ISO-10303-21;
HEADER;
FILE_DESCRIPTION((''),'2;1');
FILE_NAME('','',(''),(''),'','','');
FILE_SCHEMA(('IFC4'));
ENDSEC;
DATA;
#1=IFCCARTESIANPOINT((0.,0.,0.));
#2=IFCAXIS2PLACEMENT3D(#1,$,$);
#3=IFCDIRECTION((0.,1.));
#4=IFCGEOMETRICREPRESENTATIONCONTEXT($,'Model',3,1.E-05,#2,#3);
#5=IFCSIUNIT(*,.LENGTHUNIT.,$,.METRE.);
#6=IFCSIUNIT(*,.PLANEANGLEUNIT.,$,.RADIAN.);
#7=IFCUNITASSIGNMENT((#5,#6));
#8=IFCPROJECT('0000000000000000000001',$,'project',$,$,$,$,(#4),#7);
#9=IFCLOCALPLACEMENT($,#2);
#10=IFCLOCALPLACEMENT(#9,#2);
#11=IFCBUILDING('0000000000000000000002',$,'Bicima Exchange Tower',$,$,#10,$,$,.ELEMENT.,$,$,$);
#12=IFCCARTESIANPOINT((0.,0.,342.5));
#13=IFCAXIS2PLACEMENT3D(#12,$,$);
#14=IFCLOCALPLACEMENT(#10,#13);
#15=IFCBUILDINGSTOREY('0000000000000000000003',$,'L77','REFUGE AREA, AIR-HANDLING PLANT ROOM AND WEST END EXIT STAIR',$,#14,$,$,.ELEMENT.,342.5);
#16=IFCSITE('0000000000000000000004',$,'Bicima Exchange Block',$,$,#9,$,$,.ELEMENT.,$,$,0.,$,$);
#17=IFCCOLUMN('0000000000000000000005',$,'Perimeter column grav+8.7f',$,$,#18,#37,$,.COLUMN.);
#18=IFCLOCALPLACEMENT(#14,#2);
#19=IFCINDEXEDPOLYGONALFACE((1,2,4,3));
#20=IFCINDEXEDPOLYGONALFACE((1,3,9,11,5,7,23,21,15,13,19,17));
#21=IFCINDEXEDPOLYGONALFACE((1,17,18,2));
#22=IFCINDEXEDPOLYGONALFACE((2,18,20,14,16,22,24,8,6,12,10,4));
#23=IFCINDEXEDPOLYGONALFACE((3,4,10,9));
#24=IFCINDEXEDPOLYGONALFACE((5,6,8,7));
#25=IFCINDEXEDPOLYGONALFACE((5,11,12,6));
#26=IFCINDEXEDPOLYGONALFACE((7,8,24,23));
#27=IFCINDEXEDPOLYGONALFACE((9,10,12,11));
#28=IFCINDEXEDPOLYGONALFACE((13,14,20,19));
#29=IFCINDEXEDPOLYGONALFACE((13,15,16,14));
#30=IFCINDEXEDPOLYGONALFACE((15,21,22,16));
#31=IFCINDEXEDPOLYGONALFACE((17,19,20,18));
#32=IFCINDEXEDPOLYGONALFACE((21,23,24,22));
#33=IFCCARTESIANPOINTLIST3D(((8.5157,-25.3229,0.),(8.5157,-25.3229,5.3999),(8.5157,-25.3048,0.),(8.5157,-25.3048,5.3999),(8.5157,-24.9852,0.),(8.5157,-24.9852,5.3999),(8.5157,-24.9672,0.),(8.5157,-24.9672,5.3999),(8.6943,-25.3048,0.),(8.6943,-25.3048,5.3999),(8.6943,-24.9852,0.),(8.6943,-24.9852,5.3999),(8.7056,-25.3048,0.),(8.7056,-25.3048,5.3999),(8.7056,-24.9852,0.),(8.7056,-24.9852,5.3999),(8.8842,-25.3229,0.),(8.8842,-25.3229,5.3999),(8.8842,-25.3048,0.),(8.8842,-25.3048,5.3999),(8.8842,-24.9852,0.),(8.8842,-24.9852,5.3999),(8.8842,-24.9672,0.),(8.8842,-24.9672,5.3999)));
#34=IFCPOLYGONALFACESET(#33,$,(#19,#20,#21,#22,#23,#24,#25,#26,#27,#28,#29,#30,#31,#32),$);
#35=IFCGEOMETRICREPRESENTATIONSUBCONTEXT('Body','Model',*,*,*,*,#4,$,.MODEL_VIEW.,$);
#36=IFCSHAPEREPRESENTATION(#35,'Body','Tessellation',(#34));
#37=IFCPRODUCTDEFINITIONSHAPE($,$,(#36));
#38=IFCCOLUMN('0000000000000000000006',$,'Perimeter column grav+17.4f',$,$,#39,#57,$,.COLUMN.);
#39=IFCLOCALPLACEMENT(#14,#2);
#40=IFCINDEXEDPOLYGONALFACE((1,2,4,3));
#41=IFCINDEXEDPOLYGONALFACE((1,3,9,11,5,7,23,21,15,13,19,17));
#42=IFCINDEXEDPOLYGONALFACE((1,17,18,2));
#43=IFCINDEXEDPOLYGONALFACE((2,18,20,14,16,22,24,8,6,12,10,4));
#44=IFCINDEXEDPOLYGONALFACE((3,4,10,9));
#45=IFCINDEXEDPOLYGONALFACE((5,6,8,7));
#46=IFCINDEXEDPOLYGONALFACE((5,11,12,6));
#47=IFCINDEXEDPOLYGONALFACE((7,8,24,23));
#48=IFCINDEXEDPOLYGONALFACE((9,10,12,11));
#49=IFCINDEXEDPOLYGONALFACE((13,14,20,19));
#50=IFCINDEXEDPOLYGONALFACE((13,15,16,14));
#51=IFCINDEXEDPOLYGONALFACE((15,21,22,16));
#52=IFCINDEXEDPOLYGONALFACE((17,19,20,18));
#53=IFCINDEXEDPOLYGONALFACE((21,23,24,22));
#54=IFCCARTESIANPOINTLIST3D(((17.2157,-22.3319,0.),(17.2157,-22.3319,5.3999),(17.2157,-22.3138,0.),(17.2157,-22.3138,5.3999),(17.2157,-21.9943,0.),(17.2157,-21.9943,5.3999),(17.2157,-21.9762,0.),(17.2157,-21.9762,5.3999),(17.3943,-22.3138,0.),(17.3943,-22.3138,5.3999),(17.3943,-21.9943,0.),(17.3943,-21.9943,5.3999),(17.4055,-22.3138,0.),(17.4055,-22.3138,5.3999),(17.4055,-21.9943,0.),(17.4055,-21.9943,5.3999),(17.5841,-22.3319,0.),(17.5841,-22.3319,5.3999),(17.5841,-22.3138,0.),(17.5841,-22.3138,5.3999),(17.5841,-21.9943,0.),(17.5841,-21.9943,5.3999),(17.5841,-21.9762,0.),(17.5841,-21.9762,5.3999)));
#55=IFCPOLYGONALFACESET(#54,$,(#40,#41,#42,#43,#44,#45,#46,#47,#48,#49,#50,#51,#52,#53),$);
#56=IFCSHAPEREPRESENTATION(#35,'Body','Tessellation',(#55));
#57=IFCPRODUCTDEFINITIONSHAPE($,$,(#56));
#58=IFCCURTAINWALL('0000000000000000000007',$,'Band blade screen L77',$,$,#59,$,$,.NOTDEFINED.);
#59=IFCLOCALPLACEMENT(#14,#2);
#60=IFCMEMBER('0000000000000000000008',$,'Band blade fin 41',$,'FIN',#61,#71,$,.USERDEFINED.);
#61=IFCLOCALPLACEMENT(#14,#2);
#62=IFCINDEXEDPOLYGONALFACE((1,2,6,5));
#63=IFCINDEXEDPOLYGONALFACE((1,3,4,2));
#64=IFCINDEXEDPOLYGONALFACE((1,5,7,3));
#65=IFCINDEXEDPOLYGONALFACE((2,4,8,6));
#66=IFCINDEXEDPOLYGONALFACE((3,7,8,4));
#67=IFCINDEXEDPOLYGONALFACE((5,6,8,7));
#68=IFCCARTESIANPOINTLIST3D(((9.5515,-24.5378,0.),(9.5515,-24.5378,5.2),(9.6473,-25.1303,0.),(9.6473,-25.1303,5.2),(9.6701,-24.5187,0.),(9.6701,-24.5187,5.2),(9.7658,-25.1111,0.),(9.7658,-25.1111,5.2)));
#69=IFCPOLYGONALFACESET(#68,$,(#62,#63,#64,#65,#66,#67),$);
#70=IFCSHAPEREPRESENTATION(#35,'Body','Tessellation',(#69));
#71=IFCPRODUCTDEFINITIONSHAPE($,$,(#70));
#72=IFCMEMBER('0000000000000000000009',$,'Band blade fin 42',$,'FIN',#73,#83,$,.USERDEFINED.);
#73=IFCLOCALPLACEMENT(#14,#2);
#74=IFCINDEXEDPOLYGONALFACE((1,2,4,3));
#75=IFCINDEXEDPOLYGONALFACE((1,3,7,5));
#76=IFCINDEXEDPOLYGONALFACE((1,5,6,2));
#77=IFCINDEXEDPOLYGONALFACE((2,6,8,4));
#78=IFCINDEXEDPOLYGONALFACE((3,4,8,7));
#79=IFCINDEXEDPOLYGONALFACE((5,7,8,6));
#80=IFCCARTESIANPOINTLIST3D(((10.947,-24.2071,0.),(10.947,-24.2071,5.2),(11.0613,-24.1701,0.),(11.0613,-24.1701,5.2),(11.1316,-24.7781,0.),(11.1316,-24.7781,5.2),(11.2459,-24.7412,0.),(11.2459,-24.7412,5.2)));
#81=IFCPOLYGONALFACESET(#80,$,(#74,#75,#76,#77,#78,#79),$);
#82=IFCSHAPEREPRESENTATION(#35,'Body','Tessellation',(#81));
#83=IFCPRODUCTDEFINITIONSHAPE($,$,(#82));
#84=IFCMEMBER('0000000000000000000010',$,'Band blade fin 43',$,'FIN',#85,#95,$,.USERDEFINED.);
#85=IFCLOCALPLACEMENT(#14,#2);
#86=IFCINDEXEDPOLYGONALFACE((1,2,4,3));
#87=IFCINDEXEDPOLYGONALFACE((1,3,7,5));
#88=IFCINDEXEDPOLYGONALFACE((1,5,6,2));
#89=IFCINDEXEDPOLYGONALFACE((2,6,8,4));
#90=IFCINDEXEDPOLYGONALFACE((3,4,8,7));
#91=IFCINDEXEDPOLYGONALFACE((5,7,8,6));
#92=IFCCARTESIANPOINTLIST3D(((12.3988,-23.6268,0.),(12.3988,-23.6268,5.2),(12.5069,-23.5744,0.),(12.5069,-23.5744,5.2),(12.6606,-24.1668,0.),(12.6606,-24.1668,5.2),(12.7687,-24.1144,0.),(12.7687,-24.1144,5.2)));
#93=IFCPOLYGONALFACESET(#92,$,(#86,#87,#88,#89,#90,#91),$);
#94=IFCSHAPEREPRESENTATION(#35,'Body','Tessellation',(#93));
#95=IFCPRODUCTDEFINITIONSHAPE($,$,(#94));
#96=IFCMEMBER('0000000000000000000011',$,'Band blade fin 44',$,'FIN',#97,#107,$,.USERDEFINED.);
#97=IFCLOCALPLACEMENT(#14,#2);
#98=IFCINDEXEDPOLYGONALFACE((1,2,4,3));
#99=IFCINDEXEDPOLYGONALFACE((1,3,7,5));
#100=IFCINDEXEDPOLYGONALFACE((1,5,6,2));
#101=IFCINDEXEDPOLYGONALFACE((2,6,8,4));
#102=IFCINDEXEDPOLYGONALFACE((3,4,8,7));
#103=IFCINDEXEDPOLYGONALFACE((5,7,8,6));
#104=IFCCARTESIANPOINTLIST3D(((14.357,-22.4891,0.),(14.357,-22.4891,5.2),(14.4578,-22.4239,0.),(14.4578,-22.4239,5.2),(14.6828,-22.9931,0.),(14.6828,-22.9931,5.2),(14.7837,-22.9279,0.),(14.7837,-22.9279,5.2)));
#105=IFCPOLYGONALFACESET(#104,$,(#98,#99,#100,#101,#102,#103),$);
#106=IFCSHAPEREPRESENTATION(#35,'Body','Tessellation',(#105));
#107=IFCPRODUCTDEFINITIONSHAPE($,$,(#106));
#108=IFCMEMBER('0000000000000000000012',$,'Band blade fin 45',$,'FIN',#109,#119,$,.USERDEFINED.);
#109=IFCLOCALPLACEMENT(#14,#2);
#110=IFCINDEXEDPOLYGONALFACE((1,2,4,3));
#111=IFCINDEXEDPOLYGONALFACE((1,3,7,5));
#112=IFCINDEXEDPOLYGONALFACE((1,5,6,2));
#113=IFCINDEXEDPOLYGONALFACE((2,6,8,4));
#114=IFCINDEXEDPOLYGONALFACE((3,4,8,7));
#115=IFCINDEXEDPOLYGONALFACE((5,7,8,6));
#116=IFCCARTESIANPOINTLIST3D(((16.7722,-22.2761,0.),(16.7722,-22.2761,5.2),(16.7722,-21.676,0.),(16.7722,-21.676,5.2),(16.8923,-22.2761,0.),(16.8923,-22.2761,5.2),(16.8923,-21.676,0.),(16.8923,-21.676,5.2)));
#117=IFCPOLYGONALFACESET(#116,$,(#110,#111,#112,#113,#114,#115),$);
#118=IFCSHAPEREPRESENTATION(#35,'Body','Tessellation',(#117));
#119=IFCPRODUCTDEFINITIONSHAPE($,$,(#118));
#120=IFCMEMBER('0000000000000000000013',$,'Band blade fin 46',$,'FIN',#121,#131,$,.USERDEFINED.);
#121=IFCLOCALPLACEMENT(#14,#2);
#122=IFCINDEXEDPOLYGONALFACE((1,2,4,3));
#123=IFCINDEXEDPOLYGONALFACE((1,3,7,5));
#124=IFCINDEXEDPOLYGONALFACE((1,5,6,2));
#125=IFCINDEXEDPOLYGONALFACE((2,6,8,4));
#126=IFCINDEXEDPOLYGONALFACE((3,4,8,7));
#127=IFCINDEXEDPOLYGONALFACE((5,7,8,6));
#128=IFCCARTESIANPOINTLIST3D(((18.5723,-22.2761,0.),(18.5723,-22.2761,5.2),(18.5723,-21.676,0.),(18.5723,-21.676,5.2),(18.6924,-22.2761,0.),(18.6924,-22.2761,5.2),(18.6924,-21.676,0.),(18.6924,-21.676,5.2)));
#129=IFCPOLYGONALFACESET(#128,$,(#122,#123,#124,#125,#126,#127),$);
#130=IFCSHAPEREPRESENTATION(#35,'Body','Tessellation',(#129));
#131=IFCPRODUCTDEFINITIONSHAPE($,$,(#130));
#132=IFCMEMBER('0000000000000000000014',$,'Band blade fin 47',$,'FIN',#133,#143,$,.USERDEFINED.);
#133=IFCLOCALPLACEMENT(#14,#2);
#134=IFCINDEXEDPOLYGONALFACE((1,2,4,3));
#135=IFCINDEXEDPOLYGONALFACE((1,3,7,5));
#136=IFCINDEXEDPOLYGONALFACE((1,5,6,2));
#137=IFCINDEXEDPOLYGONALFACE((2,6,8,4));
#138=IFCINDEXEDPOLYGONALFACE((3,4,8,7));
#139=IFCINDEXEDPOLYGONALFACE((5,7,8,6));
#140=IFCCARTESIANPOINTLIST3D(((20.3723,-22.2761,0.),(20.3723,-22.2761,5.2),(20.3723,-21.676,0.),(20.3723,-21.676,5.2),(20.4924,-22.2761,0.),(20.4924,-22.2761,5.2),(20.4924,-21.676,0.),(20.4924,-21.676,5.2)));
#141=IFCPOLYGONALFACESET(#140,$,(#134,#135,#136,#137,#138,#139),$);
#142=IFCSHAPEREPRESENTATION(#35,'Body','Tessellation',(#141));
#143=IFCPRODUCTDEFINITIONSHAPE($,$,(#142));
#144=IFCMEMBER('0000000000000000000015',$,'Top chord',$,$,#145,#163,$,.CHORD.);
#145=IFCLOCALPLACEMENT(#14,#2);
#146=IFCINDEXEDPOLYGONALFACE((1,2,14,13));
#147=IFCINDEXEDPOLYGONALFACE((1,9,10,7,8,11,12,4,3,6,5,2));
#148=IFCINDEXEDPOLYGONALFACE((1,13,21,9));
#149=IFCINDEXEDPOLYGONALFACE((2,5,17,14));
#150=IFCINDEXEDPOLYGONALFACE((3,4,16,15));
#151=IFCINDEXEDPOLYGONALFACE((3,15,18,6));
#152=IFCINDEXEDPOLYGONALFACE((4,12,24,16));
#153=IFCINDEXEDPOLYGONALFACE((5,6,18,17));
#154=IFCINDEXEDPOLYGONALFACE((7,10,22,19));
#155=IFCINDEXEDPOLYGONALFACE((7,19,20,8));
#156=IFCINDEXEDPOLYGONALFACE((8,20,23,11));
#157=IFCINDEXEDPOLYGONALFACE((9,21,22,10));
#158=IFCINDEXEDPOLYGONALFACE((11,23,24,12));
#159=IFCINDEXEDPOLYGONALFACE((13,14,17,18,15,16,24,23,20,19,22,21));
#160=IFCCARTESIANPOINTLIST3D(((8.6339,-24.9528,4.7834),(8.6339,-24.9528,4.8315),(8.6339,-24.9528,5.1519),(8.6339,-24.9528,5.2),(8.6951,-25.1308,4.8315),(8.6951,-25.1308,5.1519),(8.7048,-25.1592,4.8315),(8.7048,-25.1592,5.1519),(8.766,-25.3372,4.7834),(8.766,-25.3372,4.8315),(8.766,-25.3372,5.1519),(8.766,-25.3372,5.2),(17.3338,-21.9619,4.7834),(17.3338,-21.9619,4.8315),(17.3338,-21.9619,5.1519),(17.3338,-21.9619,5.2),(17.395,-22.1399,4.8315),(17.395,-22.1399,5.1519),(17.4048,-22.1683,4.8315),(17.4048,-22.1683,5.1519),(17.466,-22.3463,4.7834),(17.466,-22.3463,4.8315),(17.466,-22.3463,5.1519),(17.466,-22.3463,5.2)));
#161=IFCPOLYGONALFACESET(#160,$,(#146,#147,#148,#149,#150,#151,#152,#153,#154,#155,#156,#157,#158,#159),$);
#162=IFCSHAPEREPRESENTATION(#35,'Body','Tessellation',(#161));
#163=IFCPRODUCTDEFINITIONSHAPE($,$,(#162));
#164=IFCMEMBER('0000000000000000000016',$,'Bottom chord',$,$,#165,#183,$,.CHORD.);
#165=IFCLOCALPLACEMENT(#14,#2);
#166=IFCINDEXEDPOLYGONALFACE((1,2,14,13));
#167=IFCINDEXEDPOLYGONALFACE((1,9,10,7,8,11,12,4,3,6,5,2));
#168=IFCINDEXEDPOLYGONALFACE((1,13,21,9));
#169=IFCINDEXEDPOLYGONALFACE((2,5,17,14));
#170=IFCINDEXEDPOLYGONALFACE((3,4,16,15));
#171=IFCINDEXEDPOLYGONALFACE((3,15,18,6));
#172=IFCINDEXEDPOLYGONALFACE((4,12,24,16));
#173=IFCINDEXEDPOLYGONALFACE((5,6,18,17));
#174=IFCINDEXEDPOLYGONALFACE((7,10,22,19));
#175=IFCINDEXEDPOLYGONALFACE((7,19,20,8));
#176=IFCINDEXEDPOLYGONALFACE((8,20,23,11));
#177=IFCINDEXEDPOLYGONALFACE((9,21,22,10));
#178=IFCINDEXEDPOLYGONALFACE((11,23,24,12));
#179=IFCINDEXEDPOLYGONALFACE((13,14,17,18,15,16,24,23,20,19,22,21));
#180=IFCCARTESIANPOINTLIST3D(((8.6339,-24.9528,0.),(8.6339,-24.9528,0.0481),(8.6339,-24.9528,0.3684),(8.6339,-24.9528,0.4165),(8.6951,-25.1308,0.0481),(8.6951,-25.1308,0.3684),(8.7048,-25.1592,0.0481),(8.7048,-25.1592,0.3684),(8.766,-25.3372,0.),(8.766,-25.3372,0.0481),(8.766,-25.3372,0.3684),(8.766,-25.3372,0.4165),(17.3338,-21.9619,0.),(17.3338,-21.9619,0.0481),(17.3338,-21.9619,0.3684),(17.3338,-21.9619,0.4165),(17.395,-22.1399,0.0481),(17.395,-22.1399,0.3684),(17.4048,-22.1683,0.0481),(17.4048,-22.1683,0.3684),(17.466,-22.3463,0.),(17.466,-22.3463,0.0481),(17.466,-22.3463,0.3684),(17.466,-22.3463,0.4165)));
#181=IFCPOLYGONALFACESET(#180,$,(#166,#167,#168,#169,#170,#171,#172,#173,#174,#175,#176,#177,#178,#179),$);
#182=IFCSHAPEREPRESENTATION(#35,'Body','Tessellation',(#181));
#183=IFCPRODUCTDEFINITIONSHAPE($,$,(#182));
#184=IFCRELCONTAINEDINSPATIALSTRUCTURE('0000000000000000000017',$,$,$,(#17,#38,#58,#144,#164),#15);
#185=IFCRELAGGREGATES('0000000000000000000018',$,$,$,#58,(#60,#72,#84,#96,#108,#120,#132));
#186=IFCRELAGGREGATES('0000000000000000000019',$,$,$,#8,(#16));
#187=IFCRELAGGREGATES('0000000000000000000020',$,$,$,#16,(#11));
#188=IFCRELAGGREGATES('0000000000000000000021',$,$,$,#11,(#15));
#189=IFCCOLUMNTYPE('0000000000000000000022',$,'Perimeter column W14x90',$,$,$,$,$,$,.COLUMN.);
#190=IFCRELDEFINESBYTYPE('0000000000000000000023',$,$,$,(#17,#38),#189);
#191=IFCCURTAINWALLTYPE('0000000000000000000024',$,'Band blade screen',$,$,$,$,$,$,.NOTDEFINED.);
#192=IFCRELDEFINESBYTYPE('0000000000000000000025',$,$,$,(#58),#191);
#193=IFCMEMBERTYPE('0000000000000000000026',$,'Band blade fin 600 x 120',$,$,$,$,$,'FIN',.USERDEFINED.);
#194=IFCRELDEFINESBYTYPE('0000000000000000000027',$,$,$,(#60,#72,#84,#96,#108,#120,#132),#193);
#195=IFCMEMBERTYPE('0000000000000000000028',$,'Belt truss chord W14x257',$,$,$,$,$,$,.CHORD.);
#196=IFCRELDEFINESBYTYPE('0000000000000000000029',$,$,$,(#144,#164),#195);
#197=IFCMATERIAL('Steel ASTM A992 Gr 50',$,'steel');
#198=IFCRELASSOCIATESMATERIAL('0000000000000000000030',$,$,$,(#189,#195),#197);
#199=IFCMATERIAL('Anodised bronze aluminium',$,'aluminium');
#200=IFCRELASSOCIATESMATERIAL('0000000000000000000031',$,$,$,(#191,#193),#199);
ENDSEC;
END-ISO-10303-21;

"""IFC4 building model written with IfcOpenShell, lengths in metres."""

from ifc_helpers import new_model, si_unit, direction, frame, origin, origin_2d, place, context, subcontext, project, spatial, rectangle, i_section, extrude, material, material_profile, profile_set, type_object, element, aggregate, save


model = new_model("IFC4")

# Units and contexts
model_context = context("Model", 3, precision=1e-05, world=origin(), true_north=direction((0.0, 1.0)))
body_context = subcontext(model_context, "Body", "Model", "MODEL_VIEW")
ifc_project = project(units=[si_unit("LENGTHUNIT", "METRE"), si_unit("PLANEANGLEUNIT", "RADIAN")], contexts=[model_context])

# Site, building, storey
site_placement = place(None, origin())
site = spatial("IfcSite", under=ifc_project, at=site_placement, Name="Bicima Exchange Block", CompositionType="ELEMENT", RefElevation=0.0)
building_placement = place(site_placement, origin())
building = spatial("IfcBuilding", under=site, at=building_placement, Name="Bicima Exchange Tower", CompositionType="ELEMENT")
storey_placement = place(building_placement, frame((0.0, 0.0, 342.5)))
storey = spatial("IfcBuildingStorey", under=building, at=storey_placement, Name="L77", Description="REFUGE AREA, AIR-HANDLING PLANT ROOM AND WEST END EXIT STAIR", CompositionType="ELEMENT", Elevation=342.5)

# Columns
ifc_material_1 = material(Name="Steel ASTM A992 Gr 50", Category="steel")
ifc_material_profile_1 = material_profile(ifc_material_1, i_section(OverallWidth=0.3684, OverallDepth=0.3557, WebThickness=0.0112, FlangeThickness=0.0181, at=origin_2d()))
ifc_profile_set_1 = profile_set([ifc_material_profile_1], Name="Steel ASTM A992 Gr 50")
column_type = type_object("IfcColumnType", Name="Perimeter column W14x90", PredefinedType="COLUMN", material=ifc_profile_set_1)
for number, where, z_axis, x_axis, name in (
    (1, (8.7, -25.145, 0.0), (0.0, 0.0, 1.0), (1.0, 0.0, 0.0), "Perimeter column grav+8.7f"),
    (2, (17.3999, -22.1541, 0.0), (0.0, 0.0, 1.0), (1.0, 0.0, 0.0), "Perimeter column grav+17.4f"),
):
    element("IfcColumn", number, at=place(storey_placement, frame(where, z_axis=z_axis, x_axis=x_axis)), inside=storey, type_object=column_type, Name=name, PredefinedType="COLUMN", context=body_context, shape_type="SweptSolid", body=[
        extrude(i_section(OverallWidth=0.3684, OverallDepth=0.3557, WebThickness=0.0112, FlangeThickness=0.0181, at=origin_2d()), origin(), (0.0, 0.0, 1.0), 5.3999),
    ])

# Curtain wall, members
ifc_material_2 = material(Name="Anodised bronze aluminium", Category="aluminium")
curtain_wall_type = type_object("IfcCurtainWallType", Name="Band blade screen", PredefinedType="NOTDEFINED", material=ifc_material_2)
curtain_wall_placement = place(storey_placement, origin())
curtain_wall = element("IfcCurtainWall", 3, at=curtain_wall_placement, inside=storey, type_object=curtain_wall_type, Name="Band blade screen L77", PredefinedType="NOTDEFINED")
ifc_material_profile_2 = material_profile(ifc_material_2, rectangle(XDim=0.6001, YDim=0.1201, at=origin_2d()))
ifc_profile_set_2 = profile_set([ifc_material_profile_2], Name="Anodised bronze aluminium")
member_type_1 = type_object("IfcMemberType", Name="Band blade fin 600 x 120", ElementType="FIN", PredefinedType="USERDEFINED", material=ifc_profile_set_2)
member_1_placement = place(storey_placement, frame((9.6587, -24.8245, 0.0), z_axis=(0.0, 0.0, 1.0), x_axis=(-0.159533, 0.987193, 0.0)))
member_1 = element("IfcMember", 4, at=member_1_placement, type_object=member_type_1, Name="Band blade fin 41", ObjectType="FIN", PredefinedType="USERDEFINED", context=body_context, shape_type="SweptSolid", body=[
    extrude(rectangle(XDim=0.6001, YDim=0.1201, at=origin_2d()), origin(), (0.0, 0.0, 1.0), 5.2),
])
member_2_placement = place(storey_placement, frame((11.0964, -24.4741, 0.0), z_axis=(0.0, 0.0, 1.0), x_axis=(-0.307553, 0.951531, 0.0)))
member_2 = element("IfcMember", 5, at=member_2_placement, type_object=member_type_1, Name="Band blade fin 42", ObjectType="FIN", PredefinedType="USERDEFINED", context=body_context, shape_type="SweptSolid", body=[
    extrude(rectangle(XDim=0.6001, YDim=0.1201, at=origin_2d()), origin(), (0.0, 0.0, 1.0), 5.2),
])
member_3_placement = place(storey_placement, frame((12.5837, -23.8706, 0.0), z_axis=(0.0, 0.0, 1.0), x_axis=(-0.436287, 0.899808, 0.0)))
member_3 = element("IfcMember", 6, at=member_3_placement, type_object=member_type_1, Name="Band blade fin 43", ObjectType="FIN", PredefinedType="USERDEFINED", context=body_context, shape_type="SweptSolid", body=[
    extrude(rectangle(XDim=0.6001, YDim=0.1201, at=origin_2d()), origin(), (0.0, 0.0, 1.0), 5.2),
])
member_4_placement = place(storey_placement, frame((14.5703, -22.7085, 0.0), z_axis=(0.0, 0.0, 1.0), x_axis=(-0.542917, 0.839787, 0.0)))
member_4 = element("IfcMember", 7, at=member_4_placement, type_object=member_type_1, Name="Band blade fin 44", ObjectType="FIN", PredefinedType="USERDEFINED", context=body_context, shape_type="SweptSolid", body=[
    extrude(rectangle(XDim=0.6001, YDim=0.1201, at=origin_2d()), origin(), (0.0, 0.0, 1.0), 5.2),
])
member_5_placement = place(storey_placement, frame((16.8323, -21.9761, 0.0), z_axis=(0.0, 0.0, 1.0), x_axis=(0.0, 1.0, 0.0)))
member_5 = element("IfcMember", 8, at=member_5_placement, type_object=member_type_1, Name="Band blade fin 45", ObjectType="FIN", PredefinedType="USERDEFINED", context=body_context, shape_type="SweptSolid", body=[
    extrude(rectangle(XDim=0.6001, YDim=0.1201, at=origin_2d()), origin(), (0.0, 0.0, 1.0), 5.2),
])
member_6_placement = place(storey_placement, frame((18.6323, -21.9761, 0.0), z_axis=(0.0, 0.0, 1.0), x_axis=(0.0, 1.0, 0.0)))
member_6 = element("IfcMember", 9, at=member_6_placement, type_object=member_type_1, Name="Band blade fin 46", ObjectType="FIN", PredefinedType="USERDEFINED", context=body_context, shape_type="SweptSolid", body=[
    extrude(rectangle(XDim=0.6001, YDim=0.1201, at=origin_2d()), origin(), (0.0, 0.0, 1.0), 5.2),
])
member_7_placement = place(storey_placement, frame((20.4324, -21.9761, 0.0), z_axis=(0.0, 0.0, 1.0), x_axis=(0.0, 1.0, 0.0)))
member_7 = element("IfcMember", 10, at=member_7_placement, type_object=member_type_1, Name="Band blade fin 47", ObjectType="FIN", PredefinedType="USERDEFINED", context=body_context, shape_type="SweptSolid", body=[
    extrude(rectangle(XDim=0.6001, YDim=0.1201, at=origin_2d()), origin(), (0.0, 0.0, 1.0), 5.2),
])
aggregate(curtain_wall, [member_1, member_2, member_3, member_4, member_5, member_6, member_7])

# Members
ifc_material_profile_3 = material_profile(ifc_material_1, i_section(OverallWidth=0.4065, OverallDepth=0.4165, WebThickness=0.03, FlangeThickness=0.0481, at=origin_2d()))
ifc_profile_set_3 = profile_set([ifc_material_profile_3], Name="Steel ASTM A992 Gr 50")
member_type_2 = type_object("IfcMemberType", Name="Belt truss chord W14x257", PredefinedType="CHORD", material=ifc_profile_set_3)
for number, where, z_axis, x_axis, name in (
    (11, (8.7, -25.145, 4.9917), (0.945675, 0.325115, 0.0), (-0.325115, 0.945675, 0.0), "Top chord"),
    (12, (8.7, -25.145, 0.2083), (0.945675, 0.325115, 0.0), (-0.325115, 0.945675, 0.0), "Bottom chord"),
):
    element("IfcMember", number, at=place(storey_placement, frame(where, z_axis=z_axis, x_axis=x_axis)), inside=storey, type_object=member_type_2, Name=name, PredefinedType="CHORD", context=body_context, shape_type="SweptSolid", body=[
        extrude(i_section(OverallWidth=0.4065, OverallDepth=0.4165, WebThickness=0.03, FlangeThickness=0.0481, at=origin_2d()), origin(), (0.0, 0.0, 1.0), 9.1997),
    ])

save(model, "model.ifc")
